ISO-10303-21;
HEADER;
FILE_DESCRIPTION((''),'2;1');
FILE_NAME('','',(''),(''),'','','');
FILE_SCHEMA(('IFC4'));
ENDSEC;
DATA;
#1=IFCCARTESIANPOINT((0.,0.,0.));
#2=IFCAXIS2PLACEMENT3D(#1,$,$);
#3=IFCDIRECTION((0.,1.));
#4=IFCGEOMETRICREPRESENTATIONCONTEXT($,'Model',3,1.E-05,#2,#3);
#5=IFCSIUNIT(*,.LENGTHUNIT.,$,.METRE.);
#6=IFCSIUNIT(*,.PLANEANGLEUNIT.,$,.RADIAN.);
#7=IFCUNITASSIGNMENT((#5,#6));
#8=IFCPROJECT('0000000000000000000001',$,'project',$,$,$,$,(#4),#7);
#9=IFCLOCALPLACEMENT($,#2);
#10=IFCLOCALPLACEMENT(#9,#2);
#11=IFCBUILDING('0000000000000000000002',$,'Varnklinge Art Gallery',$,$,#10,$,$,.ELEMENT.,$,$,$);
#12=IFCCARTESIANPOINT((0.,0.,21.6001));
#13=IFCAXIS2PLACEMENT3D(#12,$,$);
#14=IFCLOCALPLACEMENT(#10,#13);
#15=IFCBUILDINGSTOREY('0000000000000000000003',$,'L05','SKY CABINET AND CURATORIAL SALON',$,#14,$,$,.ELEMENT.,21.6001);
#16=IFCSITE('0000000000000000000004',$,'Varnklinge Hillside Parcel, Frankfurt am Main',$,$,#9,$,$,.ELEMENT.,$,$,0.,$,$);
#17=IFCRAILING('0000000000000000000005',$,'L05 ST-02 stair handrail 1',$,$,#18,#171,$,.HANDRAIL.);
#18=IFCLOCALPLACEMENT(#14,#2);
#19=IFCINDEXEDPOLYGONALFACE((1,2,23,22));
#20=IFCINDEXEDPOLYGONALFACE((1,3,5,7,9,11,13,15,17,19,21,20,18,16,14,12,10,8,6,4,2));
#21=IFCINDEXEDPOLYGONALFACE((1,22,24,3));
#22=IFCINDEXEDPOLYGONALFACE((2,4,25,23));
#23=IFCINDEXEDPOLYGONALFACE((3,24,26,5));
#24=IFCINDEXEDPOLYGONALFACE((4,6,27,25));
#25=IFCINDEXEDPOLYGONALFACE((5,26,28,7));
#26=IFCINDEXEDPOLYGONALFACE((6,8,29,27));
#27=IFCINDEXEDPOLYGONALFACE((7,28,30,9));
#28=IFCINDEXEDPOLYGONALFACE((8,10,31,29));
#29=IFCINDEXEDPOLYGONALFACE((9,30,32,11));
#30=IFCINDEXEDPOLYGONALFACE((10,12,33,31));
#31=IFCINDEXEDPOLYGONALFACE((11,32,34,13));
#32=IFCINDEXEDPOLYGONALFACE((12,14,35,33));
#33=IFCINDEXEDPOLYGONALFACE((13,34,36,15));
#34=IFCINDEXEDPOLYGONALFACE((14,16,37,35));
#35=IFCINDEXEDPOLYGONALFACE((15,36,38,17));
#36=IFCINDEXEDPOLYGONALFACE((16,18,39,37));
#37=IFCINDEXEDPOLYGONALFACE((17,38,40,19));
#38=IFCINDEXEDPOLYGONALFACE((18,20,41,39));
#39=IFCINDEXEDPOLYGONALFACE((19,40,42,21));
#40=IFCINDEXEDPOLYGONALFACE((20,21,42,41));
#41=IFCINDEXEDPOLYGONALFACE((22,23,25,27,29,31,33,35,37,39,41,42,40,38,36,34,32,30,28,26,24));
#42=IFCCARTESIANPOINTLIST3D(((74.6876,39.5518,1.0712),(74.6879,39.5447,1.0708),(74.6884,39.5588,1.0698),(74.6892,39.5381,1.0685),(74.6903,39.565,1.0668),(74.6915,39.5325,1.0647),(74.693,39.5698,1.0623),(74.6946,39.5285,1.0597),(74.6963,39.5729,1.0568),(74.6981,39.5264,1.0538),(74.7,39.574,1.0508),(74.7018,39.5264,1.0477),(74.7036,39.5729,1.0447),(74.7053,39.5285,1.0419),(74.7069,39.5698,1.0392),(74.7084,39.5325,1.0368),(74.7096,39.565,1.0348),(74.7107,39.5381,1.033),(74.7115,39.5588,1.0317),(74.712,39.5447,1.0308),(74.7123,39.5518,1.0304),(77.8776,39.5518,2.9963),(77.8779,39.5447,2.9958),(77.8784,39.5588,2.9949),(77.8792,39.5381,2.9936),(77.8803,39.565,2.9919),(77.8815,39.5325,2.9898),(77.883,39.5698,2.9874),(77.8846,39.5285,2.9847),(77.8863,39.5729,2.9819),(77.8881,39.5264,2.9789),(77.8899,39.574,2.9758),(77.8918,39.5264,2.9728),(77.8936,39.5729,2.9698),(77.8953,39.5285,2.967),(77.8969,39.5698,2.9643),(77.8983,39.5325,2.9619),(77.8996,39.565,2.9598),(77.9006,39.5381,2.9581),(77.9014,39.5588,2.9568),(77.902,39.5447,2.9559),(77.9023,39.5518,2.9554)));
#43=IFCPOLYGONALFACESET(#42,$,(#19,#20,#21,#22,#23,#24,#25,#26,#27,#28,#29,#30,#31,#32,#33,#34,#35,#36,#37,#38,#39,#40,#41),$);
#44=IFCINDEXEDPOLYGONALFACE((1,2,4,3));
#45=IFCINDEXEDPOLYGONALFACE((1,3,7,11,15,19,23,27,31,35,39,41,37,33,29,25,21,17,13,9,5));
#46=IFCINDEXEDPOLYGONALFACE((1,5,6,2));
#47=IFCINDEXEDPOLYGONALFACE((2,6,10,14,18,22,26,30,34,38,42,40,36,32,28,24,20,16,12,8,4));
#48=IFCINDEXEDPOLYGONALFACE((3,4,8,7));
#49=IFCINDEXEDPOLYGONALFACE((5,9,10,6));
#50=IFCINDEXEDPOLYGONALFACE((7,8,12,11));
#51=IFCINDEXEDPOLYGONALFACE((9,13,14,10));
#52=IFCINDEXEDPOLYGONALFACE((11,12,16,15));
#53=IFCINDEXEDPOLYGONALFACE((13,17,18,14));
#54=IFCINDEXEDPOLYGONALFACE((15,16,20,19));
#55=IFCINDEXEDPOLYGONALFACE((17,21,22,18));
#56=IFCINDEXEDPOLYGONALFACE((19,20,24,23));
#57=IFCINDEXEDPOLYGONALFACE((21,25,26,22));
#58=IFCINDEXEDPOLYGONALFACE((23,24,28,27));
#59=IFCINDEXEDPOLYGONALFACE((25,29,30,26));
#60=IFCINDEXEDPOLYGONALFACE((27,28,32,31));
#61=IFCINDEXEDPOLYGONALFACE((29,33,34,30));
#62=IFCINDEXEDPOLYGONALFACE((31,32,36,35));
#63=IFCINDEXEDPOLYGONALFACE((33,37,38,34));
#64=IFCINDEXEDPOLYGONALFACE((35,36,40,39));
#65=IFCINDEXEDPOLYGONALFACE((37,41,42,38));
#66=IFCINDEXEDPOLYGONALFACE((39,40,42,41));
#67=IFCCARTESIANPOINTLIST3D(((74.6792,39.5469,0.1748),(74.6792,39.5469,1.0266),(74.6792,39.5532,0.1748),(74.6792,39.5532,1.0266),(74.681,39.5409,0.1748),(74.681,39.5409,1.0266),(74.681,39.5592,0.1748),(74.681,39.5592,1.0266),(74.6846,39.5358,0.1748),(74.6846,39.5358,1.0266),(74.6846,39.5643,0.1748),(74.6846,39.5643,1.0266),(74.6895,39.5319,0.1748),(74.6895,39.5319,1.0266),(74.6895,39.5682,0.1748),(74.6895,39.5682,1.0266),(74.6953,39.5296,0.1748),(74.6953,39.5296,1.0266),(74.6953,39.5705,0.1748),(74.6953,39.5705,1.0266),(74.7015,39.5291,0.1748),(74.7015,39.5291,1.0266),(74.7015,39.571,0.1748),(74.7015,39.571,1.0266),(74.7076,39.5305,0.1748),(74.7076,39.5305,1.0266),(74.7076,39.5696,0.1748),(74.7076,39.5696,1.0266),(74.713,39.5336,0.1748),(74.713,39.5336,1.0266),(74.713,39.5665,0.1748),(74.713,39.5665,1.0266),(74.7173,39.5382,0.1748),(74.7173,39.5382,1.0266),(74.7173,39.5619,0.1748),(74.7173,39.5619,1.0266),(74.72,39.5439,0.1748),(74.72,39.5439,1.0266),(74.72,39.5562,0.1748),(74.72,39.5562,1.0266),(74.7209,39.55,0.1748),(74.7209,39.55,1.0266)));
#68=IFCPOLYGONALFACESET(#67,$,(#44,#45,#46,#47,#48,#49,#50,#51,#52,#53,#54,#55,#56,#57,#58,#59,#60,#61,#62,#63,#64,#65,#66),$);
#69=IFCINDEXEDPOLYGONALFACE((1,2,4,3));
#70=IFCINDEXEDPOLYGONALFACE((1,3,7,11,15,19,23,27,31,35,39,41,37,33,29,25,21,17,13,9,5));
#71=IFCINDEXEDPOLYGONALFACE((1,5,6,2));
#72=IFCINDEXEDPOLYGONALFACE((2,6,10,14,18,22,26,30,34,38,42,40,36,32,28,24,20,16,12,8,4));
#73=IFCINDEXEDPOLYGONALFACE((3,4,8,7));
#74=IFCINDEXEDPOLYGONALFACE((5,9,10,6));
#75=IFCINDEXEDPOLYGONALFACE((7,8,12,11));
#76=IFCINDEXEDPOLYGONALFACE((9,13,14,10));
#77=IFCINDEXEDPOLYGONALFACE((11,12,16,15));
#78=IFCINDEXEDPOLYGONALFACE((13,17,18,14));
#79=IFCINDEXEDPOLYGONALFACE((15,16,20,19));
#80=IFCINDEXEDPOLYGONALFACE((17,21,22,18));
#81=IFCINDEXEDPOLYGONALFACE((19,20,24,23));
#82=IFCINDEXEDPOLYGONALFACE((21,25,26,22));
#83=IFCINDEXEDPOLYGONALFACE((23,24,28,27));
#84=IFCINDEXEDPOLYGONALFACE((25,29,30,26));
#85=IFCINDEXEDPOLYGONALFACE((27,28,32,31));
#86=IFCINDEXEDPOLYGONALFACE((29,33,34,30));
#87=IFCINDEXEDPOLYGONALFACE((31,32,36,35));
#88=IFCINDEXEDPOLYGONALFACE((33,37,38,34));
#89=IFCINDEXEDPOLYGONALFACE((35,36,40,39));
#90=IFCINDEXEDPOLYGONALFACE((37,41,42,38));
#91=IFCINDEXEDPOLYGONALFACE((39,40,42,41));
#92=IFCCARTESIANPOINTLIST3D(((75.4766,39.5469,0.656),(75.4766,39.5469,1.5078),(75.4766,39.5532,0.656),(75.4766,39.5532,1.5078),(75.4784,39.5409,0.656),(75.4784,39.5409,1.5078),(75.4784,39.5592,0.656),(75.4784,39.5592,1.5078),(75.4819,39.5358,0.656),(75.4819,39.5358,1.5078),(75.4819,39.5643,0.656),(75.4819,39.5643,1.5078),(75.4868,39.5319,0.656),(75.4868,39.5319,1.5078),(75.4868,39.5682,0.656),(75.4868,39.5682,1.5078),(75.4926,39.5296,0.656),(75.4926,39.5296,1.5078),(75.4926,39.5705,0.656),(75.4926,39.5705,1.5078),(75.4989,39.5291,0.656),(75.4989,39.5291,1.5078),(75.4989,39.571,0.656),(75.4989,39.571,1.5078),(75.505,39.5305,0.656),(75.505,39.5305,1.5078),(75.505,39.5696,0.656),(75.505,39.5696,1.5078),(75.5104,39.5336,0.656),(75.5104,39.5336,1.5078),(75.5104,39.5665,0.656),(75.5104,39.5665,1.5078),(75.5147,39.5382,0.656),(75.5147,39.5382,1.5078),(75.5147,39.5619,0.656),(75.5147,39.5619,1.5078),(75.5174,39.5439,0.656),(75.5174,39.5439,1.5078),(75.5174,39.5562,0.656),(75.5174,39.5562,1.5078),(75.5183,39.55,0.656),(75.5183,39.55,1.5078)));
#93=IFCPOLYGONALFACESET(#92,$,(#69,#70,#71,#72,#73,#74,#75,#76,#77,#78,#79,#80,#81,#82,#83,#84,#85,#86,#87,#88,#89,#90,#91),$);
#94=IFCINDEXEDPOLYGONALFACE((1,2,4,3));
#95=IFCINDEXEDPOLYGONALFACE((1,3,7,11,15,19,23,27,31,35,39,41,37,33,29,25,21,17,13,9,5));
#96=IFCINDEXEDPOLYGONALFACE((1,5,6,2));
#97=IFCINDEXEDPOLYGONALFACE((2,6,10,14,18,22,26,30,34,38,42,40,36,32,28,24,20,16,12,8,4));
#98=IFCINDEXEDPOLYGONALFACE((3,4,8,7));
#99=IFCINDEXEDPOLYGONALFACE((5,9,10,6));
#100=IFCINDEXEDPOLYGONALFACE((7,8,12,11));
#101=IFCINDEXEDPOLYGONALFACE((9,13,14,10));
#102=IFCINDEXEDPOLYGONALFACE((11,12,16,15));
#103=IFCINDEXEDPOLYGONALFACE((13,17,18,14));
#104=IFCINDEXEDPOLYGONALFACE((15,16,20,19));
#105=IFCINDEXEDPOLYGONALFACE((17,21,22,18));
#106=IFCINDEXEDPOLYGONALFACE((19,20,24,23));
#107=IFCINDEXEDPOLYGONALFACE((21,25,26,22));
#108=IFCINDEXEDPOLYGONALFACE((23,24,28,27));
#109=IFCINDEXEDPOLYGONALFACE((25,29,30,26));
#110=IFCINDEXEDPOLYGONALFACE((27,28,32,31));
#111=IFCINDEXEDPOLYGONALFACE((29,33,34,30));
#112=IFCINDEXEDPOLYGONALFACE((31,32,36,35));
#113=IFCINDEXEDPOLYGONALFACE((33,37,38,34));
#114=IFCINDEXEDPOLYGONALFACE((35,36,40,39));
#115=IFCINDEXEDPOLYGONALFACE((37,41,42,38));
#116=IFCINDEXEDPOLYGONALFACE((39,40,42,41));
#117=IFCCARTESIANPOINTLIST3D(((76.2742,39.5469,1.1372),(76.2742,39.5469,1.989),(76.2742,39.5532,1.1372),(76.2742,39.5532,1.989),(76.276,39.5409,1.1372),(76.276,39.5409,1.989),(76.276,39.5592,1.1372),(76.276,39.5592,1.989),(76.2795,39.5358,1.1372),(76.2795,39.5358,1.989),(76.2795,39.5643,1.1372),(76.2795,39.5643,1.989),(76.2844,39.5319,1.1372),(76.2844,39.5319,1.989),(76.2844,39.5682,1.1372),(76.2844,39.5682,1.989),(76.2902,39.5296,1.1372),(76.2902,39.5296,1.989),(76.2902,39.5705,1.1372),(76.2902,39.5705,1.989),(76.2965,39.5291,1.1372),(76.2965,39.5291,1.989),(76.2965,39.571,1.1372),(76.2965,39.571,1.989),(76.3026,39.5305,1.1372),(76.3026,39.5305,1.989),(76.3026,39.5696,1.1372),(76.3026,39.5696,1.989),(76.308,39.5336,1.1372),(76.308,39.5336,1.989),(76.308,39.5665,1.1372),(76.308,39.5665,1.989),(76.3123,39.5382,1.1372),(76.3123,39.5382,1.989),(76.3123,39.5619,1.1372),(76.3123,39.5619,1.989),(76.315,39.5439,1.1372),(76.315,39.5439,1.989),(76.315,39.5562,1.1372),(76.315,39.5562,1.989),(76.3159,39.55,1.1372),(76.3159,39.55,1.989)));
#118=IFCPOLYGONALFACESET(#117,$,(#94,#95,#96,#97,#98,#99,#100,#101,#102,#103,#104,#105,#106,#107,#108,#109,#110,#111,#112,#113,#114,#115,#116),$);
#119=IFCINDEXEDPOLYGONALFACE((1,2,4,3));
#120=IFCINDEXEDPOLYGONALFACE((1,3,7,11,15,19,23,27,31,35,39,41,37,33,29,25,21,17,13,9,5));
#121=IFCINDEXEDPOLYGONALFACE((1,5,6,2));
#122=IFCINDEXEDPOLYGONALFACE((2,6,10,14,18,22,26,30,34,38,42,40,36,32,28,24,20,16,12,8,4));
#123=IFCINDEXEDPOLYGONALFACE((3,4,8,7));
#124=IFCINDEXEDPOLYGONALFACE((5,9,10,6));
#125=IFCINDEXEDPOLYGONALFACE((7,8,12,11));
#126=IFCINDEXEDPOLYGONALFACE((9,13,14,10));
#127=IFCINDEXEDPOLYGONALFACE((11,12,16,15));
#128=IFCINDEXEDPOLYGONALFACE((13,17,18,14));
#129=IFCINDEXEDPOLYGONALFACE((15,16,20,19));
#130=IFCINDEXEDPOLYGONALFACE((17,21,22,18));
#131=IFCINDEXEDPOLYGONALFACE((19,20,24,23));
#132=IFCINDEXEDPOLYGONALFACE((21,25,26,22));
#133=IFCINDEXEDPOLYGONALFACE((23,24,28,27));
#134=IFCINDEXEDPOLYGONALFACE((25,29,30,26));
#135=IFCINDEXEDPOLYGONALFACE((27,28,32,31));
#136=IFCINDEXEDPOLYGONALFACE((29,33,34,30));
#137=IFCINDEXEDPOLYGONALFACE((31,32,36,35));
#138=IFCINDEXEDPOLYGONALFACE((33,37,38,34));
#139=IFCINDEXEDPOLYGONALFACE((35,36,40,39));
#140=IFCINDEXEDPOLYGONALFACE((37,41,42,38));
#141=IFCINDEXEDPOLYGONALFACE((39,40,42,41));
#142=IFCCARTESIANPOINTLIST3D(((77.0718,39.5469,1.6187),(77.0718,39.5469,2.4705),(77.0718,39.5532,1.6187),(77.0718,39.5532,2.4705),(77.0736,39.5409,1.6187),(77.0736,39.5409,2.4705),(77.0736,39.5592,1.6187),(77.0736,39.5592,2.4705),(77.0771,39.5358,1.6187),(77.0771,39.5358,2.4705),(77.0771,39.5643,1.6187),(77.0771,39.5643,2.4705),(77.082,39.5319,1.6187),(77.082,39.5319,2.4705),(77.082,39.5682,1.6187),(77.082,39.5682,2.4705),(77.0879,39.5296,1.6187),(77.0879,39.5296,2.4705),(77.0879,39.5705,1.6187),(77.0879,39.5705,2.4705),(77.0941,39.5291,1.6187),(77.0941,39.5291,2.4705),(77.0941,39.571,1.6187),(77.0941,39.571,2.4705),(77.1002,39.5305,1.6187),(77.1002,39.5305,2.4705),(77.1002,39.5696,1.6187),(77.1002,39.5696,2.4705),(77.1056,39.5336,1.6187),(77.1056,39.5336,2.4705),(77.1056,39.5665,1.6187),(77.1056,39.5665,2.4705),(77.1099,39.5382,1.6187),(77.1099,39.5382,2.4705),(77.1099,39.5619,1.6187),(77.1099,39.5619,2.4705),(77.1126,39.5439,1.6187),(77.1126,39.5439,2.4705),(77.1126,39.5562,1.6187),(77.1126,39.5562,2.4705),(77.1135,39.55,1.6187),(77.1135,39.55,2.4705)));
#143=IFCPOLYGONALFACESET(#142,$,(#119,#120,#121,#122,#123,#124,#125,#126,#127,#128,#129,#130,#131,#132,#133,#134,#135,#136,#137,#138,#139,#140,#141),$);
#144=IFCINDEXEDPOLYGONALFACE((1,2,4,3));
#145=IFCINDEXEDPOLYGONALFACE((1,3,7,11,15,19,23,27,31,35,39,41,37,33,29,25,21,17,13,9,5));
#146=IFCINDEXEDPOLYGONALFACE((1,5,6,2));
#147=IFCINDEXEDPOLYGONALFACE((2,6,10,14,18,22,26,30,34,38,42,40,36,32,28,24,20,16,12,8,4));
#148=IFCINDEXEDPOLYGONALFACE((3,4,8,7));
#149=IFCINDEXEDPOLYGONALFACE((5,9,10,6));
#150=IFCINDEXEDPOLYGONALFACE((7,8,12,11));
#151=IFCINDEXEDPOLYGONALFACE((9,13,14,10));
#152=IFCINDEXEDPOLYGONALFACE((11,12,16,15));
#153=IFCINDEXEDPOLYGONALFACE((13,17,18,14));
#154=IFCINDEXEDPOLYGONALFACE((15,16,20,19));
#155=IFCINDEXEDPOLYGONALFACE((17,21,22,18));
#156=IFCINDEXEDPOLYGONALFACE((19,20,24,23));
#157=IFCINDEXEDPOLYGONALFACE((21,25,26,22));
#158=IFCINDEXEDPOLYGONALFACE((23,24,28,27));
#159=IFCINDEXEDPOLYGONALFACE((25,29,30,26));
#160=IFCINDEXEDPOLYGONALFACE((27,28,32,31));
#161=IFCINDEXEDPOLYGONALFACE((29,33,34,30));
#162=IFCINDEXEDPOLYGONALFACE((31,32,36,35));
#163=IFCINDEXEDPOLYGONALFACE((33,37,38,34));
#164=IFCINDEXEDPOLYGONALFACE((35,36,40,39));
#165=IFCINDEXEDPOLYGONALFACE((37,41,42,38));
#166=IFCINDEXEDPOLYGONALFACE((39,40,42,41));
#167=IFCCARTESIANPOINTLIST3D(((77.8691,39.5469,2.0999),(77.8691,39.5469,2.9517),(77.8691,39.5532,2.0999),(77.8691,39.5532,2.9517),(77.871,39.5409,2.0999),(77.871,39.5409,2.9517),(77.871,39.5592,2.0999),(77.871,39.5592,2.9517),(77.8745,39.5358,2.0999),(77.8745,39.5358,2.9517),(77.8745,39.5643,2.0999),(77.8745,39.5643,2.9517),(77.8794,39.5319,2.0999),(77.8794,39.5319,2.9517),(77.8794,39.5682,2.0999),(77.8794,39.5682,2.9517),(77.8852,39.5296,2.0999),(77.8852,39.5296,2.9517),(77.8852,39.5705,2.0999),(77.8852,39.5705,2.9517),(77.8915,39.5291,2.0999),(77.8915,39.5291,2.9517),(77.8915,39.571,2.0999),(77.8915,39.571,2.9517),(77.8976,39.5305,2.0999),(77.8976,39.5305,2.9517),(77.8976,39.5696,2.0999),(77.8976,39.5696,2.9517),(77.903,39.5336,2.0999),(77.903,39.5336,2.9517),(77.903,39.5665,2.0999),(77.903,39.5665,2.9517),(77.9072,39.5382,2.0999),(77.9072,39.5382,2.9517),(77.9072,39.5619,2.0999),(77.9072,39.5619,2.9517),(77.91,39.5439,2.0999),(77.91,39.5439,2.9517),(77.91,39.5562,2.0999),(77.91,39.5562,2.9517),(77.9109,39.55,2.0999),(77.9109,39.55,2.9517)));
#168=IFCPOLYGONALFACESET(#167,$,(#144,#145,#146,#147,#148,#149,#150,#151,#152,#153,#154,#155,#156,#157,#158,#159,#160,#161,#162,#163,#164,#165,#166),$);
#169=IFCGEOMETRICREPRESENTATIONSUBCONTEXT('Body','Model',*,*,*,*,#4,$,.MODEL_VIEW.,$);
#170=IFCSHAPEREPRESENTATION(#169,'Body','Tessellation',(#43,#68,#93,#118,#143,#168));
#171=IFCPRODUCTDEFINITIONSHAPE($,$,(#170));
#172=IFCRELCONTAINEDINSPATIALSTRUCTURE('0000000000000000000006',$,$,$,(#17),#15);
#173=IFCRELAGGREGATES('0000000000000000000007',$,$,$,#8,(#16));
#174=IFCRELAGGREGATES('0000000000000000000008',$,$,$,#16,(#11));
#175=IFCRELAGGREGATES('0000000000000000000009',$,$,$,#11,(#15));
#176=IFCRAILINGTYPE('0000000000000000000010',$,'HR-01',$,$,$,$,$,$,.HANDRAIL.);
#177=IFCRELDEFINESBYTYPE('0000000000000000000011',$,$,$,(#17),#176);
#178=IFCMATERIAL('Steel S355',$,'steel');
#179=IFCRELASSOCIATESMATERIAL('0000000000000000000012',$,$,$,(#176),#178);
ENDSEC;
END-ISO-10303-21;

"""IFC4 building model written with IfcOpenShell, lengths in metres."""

from ifc_helpers import new_model, si_unit, direction, frame, origin, origin_2d, place, context, subcontext, project, spatial, circle, extrude, material, type_object, element, save


model = new_model("IFC4")

# Units and contexts
model_context = context("Model", 3, precision=1e-05, world=origin(), true_north=direction((0.0, 1.0)))
body_context = subcontext(model_context, "Body", "Model", "MODEL_VIEW")
ifc_project = project(units=[si_unit("LENGTHUNIT", "METRE"), si_unit("PLANEANGLEUNIT", "RADIAN")], contexts=[model_context])

# Site, building, storey
site_placement = place(None, origin())
site = spatial("IfcSite", under=ifc_project, at=site_placement, Name="Varnklinge Hillside Parcel, Frankfurt am Main", CompositionType="ELEMENT", RefElevation=0.0)
building_placement = place(site_placement, origin())
building = spatial("IfcBuilding", under=site, at=building_placement, Name="Varnklinge Art Gallery", CompositionType="ELEMENT")
storey_placement = place(building_placement, frame((0.0, 0.0, 21.6001)))
storey = spatial("IfcBuildingStorey", under=building, at=storey_placement, Name="L05", Description="SKY CABINET AND CURATORIAL SALON", CompositionType="ELEMENT", Elevation=21.6001)

# Railing
ifc_material_1 = material(Name="Steel S355", Category="steel")
railing_type_1 = type_object("IfcRailingType", Name="HR-01", PredefinedType="HANDRAIL", material=ifc_material_1)
railing_1_placement = place(storey_placement, frame((74.7, 39.55, 0.1748)))
element("IfcRailing", 1, at=railing_1_placement, inside=storey, type_object=railing_type_1, Name="L05 ST-02 stair handrail 1", PredefinedType="HANDRAIL", context=body_context, shape_type="SweptSolid", body=[
    extrude(circle(Radius=0.0239, at=origin_2d()), frame((0.0, 0.0, 0.876), z_axis=(0.856178, 0.0, 0.516682), x_axis=(0.0, 1.0, 0.0)), (0.0, 0.0, 1.0), 3.7258),
    extrude(circle(Radius=0.021, at=origin_2d()), origin(), (0.0, 0.0, 1.0), 0.8518),
    extrude(circle(Radius=0.021, at=origin_2d()), frame((0.7974, 0.0, 0.4812)), (0.0, 0.0, 1.0), 0.8518),
    extrude(circle(Radius=0.021, at=origin_2d()), frame((1.595, 0.0, 0.9624)), (0.0, 0.0, 1.0), 0.8518),
    extrude(circle(Radius=0.021, at=origin_2d()), frame((2.3926, 0.0, 1.4438)), (0.0, 0.0, 1.0), 0.8518),
    extrude(circle(Radius=0.021, at=origin_2d()), frame((3.1899, 0.0, 1.925)), (0.0, 0.0, 1.0), 0.8518),
])

save(model, "model.ifc")
